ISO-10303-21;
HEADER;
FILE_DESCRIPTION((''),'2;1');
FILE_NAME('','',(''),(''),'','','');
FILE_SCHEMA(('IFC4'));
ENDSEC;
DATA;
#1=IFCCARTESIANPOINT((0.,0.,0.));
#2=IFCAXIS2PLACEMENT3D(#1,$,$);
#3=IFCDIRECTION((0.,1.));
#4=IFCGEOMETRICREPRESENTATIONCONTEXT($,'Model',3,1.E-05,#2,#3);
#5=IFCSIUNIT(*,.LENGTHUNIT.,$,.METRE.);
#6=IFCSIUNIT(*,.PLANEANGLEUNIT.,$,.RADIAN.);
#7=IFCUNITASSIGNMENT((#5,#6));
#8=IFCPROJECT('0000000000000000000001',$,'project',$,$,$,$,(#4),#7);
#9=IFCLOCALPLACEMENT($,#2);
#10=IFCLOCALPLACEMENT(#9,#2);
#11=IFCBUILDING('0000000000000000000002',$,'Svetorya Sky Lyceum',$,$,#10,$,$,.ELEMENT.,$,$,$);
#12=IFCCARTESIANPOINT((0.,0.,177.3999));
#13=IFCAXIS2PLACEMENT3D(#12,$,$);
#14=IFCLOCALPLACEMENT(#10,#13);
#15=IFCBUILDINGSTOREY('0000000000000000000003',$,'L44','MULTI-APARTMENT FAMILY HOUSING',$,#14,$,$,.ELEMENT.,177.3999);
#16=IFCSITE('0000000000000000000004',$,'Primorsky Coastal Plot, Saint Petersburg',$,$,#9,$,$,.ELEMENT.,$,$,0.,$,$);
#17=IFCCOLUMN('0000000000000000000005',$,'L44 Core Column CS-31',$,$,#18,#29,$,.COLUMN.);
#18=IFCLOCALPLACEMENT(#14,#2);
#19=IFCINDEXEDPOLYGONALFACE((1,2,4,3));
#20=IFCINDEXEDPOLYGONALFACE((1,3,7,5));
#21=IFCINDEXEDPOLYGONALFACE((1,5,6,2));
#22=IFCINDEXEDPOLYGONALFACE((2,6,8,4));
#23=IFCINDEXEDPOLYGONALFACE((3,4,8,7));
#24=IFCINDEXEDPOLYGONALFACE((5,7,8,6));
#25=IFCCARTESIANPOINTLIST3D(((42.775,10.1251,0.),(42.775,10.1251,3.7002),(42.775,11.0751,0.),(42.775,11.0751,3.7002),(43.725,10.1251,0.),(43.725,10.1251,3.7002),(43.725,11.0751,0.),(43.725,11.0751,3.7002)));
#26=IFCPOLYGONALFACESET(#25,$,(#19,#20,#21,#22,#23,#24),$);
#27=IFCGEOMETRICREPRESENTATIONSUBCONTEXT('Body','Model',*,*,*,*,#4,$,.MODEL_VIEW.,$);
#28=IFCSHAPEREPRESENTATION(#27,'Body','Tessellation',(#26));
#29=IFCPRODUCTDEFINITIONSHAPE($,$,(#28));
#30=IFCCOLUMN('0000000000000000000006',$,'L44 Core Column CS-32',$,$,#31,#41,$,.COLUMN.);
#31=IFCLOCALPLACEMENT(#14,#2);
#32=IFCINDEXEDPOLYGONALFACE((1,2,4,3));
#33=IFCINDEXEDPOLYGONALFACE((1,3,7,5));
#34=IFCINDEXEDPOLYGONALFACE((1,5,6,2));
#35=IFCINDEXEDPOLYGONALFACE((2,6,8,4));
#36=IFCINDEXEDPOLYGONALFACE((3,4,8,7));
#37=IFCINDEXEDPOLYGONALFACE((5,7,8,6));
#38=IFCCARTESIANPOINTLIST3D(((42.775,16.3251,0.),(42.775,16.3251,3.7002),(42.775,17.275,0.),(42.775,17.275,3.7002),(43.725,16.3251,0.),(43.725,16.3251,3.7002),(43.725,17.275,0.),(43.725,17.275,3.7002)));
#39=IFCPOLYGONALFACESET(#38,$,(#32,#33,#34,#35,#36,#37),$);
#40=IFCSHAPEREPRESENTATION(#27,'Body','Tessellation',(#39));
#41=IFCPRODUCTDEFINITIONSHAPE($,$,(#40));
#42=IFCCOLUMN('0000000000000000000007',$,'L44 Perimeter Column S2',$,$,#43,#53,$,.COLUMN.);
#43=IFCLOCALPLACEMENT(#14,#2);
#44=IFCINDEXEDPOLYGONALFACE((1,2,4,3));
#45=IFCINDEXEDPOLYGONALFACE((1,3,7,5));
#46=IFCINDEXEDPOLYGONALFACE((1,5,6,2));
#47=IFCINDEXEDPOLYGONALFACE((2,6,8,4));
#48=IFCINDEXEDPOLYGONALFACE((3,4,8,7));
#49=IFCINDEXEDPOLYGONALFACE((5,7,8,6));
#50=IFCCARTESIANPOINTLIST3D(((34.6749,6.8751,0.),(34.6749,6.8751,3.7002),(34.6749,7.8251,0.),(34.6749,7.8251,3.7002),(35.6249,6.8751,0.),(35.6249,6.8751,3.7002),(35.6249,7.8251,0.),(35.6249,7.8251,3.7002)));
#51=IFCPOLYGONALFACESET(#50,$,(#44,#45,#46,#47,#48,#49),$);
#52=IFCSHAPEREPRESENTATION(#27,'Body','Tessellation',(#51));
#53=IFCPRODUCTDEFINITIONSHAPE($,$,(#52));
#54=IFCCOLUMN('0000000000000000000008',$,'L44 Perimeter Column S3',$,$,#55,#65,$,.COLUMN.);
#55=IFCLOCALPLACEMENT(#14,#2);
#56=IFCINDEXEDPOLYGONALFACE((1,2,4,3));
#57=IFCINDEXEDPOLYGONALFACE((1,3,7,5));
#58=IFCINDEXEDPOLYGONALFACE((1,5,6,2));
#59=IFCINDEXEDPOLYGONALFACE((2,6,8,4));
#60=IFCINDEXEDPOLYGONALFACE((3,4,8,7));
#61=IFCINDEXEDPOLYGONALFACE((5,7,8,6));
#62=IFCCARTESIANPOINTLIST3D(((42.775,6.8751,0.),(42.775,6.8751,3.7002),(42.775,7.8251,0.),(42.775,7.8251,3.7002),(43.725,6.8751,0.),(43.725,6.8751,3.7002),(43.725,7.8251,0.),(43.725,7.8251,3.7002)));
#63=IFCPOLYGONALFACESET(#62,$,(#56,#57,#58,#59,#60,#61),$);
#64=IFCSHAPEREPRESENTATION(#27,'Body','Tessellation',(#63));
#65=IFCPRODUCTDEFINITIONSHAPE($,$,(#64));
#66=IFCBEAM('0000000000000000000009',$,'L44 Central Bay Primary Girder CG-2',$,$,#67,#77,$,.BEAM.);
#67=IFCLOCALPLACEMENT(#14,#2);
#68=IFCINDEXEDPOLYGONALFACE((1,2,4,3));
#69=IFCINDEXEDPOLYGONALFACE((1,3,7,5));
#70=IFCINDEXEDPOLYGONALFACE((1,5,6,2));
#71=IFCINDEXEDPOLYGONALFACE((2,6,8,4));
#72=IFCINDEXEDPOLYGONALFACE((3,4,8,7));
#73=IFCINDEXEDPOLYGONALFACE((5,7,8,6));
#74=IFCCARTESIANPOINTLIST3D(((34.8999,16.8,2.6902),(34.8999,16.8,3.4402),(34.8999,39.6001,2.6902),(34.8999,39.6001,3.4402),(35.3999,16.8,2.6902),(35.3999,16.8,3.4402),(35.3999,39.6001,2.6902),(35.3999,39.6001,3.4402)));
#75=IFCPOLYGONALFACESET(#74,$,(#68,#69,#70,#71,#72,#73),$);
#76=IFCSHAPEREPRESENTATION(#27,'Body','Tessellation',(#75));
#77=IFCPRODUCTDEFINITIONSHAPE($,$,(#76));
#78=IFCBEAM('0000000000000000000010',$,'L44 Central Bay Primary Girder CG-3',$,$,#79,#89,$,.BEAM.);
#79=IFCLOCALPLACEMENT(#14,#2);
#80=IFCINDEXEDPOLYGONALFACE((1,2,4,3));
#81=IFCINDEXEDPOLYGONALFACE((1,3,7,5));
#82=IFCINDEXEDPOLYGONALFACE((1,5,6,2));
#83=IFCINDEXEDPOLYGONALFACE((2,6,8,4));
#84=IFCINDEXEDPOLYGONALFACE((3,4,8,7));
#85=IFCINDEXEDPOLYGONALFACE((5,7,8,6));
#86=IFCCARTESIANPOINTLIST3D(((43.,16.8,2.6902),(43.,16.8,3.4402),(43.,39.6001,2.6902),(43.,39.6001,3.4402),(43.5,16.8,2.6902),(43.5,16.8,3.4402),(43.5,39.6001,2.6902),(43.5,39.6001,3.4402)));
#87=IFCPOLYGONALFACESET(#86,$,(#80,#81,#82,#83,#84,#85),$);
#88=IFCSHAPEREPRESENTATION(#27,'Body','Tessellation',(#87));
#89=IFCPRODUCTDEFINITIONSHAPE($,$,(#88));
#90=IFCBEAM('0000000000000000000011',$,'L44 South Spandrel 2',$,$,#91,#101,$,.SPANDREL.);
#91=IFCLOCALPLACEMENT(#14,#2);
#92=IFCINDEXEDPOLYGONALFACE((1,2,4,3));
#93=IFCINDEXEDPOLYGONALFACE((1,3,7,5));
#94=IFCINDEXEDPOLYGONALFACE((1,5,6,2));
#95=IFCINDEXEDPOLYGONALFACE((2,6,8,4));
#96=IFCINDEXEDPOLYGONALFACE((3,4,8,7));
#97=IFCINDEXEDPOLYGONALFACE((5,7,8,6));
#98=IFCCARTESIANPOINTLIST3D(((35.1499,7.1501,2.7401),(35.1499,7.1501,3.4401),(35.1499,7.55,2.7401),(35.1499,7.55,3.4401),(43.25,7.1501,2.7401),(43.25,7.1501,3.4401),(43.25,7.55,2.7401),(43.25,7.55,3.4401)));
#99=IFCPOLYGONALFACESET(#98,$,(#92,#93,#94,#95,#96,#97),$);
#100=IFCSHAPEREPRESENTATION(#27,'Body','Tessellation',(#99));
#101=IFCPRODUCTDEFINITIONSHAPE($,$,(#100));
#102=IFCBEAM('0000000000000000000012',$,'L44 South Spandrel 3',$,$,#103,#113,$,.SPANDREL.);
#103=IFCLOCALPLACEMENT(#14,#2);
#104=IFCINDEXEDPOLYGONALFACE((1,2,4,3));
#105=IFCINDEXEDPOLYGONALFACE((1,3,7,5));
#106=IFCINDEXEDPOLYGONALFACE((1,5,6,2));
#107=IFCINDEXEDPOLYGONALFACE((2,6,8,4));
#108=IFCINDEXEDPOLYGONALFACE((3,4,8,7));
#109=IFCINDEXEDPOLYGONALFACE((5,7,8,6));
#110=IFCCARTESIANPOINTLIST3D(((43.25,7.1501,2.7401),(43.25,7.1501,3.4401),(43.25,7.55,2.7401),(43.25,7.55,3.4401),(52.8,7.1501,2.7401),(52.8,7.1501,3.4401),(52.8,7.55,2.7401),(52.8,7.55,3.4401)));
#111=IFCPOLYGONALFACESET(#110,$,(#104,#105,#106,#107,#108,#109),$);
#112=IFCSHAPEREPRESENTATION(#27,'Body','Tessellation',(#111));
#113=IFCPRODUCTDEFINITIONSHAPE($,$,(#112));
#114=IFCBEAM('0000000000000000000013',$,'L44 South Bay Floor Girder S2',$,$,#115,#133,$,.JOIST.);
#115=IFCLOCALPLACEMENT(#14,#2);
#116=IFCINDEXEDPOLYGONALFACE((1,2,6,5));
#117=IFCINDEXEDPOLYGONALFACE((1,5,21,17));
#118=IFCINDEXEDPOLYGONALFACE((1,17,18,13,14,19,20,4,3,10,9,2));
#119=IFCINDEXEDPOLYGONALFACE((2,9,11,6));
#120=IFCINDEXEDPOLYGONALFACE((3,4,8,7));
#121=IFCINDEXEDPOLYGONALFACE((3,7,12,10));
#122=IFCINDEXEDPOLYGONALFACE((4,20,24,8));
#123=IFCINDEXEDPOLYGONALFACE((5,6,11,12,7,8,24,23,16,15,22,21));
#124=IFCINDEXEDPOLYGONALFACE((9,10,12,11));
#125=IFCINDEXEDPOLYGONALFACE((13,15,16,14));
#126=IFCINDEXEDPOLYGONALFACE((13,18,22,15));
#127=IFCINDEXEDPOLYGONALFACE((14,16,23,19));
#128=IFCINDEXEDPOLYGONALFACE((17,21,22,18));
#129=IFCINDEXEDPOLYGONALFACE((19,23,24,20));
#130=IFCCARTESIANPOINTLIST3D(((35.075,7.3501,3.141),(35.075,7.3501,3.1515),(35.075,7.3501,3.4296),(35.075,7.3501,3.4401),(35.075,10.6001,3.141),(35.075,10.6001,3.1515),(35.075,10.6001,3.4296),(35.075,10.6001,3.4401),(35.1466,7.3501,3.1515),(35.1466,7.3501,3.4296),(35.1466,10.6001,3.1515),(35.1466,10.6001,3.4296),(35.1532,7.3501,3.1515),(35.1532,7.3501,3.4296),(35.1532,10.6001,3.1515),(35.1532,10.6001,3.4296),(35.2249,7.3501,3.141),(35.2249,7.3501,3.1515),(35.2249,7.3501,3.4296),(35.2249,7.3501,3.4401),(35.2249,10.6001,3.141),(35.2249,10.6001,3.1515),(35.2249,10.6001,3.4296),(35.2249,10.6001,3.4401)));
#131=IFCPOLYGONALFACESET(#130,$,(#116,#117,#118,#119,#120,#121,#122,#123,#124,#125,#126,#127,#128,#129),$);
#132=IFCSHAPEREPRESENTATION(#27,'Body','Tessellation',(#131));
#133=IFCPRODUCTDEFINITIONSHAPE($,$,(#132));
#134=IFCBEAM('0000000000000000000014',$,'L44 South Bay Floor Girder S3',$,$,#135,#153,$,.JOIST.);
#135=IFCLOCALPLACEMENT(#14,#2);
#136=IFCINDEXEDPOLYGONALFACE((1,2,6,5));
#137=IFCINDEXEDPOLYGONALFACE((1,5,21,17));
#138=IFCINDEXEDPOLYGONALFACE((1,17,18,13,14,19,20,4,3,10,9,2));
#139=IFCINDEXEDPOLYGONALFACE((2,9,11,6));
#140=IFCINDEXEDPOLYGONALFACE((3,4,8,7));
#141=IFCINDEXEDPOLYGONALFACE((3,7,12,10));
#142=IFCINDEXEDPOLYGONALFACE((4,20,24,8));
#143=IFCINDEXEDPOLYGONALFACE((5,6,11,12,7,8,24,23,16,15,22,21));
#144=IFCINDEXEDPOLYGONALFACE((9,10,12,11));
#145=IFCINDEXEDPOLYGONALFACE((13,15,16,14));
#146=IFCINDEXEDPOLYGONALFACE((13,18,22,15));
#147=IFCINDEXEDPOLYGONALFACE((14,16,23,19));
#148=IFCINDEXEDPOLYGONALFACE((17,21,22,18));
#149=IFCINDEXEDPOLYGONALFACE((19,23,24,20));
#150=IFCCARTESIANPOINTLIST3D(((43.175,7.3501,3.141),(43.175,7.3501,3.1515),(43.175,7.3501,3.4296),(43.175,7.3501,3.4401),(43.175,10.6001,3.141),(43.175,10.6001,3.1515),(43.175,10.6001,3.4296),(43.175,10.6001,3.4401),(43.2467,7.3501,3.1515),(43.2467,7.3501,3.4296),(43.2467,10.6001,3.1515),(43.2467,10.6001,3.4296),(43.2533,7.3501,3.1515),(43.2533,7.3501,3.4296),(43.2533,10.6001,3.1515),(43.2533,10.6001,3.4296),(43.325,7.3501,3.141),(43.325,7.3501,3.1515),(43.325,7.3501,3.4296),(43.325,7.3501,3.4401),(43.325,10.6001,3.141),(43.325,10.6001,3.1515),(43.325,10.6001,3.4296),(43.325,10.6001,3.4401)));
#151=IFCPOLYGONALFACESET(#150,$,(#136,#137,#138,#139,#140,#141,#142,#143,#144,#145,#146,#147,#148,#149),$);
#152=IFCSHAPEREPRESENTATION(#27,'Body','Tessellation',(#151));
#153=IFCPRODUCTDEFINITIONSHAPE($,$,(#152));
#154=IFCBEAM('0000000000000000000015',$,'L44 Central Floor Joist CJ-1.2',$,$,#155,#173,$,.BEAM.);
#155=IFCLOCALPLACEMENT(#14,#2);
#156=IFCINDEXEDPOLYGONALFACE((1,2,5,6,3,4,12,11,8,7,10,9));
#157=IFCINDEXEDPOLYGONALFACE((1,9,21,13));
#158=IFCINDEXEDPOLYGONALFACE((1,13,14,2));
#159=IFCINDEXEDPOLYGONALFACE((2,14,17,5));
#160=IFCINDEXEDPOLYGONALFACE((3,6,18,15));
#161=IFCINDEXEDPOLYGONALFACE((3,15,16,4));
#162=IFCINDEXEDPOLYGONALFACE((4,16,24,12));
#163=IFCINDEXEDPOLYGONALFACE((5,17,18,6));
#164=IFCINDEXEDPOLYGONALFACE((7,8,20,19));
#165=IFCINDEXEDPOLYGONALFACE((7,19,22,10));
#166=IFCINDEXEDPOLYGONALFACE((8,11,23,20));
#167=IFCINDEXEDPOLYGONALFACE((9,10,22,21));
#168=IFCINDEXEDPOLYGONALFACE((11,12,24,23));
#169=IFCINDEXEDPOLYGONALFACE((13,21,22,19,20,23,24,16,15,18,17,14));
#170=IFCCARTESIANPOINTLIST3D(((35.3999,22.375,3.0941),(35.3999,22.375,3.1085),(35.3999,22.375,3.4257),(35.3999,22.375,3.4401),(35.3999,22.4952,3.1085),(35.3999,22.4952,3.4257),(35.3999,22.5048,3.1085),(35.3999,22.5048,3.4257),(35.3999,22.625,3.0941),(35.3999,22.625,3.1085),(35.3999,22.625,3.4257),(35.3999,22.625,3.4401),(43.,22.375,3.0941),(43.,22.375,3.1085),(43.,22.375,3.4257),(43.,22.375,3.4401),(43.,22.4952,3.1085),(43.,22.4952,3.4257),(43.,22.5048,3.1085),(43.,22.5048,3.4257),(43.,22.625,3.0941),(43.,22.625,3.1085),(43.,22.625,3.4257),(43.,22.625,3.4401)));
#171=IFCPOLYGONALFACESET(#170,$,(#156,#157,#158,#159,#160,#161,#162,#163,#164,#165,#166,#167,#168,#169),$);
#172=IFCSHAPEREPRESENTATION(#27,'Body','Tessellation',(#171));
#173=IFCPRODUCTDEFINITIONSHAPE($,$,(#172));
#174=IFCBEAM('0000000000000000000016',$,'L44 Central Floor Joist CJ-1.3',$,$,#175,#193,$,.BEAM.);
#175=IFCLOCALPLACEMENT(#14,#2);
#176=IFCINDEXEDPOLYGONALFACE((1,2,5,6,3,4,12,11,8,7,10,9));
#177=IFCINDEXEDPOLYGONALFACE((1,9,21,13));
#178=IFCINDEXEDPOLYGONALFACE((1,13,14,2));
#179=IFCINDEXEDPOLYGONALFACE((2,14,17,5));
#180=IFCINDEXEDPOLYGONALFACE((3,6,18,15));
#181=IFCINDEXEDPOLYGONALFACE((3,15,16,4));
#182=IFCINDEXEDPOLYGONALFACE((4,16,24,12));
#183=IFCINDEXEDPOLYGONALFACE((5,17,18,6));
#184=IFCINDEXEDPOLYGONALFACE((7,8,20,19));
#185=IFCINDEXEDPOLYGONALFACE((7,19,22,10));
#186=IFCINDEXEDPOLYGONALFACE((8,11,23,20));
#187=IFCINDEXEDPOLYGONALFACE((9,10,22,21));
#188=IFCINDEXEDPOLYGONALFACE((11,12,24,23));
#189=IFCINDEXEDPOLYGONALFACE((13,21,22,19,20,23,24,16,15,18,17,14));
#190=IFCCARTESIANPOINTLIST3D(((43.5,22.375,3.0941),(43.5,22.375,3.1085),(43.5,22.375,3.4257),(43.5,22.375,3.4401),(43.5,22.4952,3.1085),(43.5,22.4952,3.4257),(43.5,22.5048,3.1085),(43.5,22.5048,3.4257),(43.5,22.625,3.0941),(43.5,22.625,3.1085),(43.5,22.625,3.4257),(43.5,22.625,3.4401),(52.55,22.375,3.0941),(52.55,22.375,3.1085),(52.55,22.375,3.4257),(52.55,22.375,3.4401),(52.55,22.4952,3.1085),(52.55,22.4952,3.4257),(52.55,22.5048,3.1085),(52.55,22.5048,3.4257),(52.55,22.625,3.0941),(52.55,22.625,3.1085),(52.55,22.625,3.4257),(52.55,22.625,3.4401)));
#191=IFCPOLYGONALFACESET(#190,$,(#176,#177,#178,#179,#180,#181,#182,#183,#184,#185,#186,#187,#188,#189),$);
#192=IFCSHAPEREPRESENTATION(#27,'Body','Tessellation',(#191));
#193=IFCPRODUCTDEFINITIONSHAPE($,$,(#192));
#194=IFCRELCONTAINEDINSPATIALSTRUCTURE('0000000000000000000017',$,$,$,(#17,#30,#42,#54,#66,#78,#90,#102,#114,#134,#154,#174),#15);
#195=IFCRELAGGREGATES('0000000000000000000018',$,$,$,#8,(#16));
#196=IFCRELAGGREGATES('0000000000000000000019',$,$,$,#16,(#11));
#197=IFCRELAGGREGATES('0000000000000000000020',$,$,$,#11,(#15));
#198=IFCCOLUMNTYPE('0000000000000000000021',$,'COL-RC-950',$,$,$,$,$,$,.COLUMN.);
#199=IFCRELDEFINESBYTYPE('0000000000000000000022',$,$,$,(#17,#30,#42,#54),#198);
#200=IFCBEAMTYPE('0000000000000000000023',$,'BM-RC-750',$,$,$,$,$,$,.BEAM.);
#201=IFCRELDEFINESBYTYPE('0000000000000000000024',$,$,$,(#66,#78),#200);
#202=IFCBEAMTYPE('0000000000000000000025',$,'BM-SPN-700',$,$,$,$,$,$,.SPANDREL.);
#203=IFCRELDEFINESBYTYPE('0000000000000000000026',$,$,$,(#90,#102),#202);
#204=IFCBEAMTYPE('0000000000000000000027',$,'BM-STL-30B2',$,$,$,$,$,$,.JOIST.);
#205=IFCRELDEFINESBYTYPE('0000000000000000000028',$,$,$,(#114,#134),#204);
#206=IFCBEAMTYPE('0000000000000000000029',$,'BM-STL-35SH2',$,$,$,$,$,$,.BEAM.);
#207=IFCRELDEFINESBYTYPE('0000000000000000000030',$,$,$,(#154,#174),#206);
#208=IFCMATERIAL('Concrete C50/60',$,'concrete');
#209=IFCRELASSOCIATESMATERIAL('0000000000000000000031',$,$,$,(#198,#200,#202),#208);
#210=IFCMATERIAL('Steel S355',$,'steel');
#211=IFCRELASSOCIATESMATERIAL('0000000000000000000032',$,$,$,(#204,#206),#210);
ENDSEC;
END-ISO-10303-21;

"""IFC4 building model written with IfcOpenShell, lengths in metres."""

from ifc_helpers import new_model, si_unit, direction, frame, origin, origin_2d, place, context, subcontext, project, spatial, rectangle, i_section, extrude, material, material_profile, profile_set, type_object, element, save


model = new_model("IFC4")

# Units and contexts
model_context = context("Model", 3, precision=1e-05, world=origin(), true_north=direction((0.0, 1.0)))
body_context = subcontext(model_context, "Body", "Model", "MODEL_VIEW")
ifc_project = project(units=[si_unit("LENGTHUNIT", "METRE"), si_unit("PLANEANGLEUNIT", "RADIAN")], contexts=[model_context])

# Site, building, storey
site_placement = place(None, origin())
site = spatial("IfcSite", under=ifc_project, at=site_placement, Name="Primorsky Coastal Plot, Saint Petersburg", CompositionType="ELEMENT", RefElevation=0.0)
building_placement = place(site_placement, origin())
building = spatial("IfcBuilding", under=site, at=building_placement, Name="Svetorya Sky Lyceum", CompositionType="ELEMENT")
storey_placement = place(building_placement, frame((0.0, 0.0, 177.3999)))
storey = spatial("IfcBuildingStorey", under=building, at=storey_placement, Name="L44", Description="MULTI-APARTMENT FAMILY HOUSING", CompositionType="ELEMENT", Elevation=177.3999)

# Columns
ifc_material_1 = material(Name="Concrete C50/60", Category="concrete")
ifc_material_profile_1 = material_profile(ifc_material_1, rectangle(XDim=0.95, YDim=0.95, at=origin_2d()), Name="RC COL 950x950")
ifc_profile_set_1 = profile_set([ifc_material_profile_1], Name="Concrete C50/60")
column_type = type_object("IfcColumnType", Name="COL-RC-950", PredefinedType="COLUMN", material=ifc_profile_set_1)
for number, where, z_axis, x_axis, name in (
    (1, (43.25, 10.6001, 0.0), (0.0, 0.0, 1.0), (1.0, 0.0, 0.0), "L44 Core Column CS-31"),
    (2, (43.25, 16.8, 0.0), (0.0, 0.0, 1.0), (1.0, 0.0, 0.0), "L44 Core Column CS-32"),
    (3, (35.1499, 7.3501, 0.0), (0.0, 0.0, 1.0), (1.0, 0.0, 0.0), "L44 Perimeter Column S2"),
    (4, (43.25, 7.3501, 0.0), (0.0, 0.0, 1.0), (1.0, 0.0, 0.0), "L44 Perimeter Column S3"),
):
    element("IfcColumn", number, at=place(storey_placement, frame(where, z_axis=z_axis, x_axis=x_axis)), inside=storey, type_object=column_type, Name=name, PredefinedType="COLUMN", context=body_context, shape_type="SweptSolid", body=[
        extrude(rectangle(XDim=0.95, YDim=0.95, at=origin_2d()), origin(), (0.0, 0.0, 1.0), 3.7002),
    ])

# Beams
ifc_material_profile_2 = material_profile(ifc_material_1, rectangle(XDim=0.5, YDim=0.75, at=origin_2d()), Name="RC BEAM 500x750")
ifc_profile_set_2 = profile_set([ifc_material_profile_2], Name="Concrete C50/60")
beam_type_1 = type_object("IfcBeamType", Name="BM-RC-750", PredefinedType="BEAM", material=ifc_profile_set_2)
for number, where, z_axis, x_axis, name in (
    (5, (35.1499, 16.8, 3.0652), (0.0, 1.0, 0.0), (-1.0, 0.0, 0.0), "L44 Central Bay Primary Girder CG-2"),
    (6, (43.25, 16.8, 3.0652), (0.0, 1.0, 0.0), (-1.0, 0.0, 0.0), "L44 Central Bay Primary Girder CG-3"),
):
    element("IfcBeam", number, at=place(storey_placement, frame(where, z_axis=z_axis, x_axis=x_axis)), inside=storey, type_object=beam_type_1, Name=name, PredefinedType="BEAM", context=body_context, shape_type="SweptSolid", body=[
        extrude(rectangle(XDim=0.5, YDim=0.75, at=origin_2d()), origin(), (0.0, 0.0, 1.0), 22.8),
    ])
ifc_material_profile_3 = material_profile(ifc_material_1, rectangle(XDim=0.3999, YDim=0.7, at=origin_2d()), Name="RC SPANDREL 400x700")
ifc_profile_set_3 = profile_set([ifc_material_profile_3], Name="Concrete C50/60")
beam_type_2 = type_object("IfcBeamType", Name="BM-SPN-700", PredefinedType="SPANDREL", material=ifc_profile_set_3)
beam_1_placement = place(storey_placement, frame((35.1499, 7.3501, 3.0901), z_axis=(1.0, 0.0, 0.0), x_axis=(0.0, 1.0, 0.0)))
element("IfcBeam", 7, at=beam_1_placement, inside=storey, type_object=beam_type_2, Name="L44 South Spandrel 2", PredefinedType="SPANDREL", context=body_context, shape_type="SweptSolid", body=[
    extrude(rectangle(XDim=0.3999, YDim=0.7, at=origin_2d()), origin(), (0.0, 0.0, 1.0), 8.1001),
])
beam_2_placement = place(storey_placement, frame((43.25, 7.3501, 3.0901), z_axis=(1.0, 0.0, 0.0), x_axis=(0.0, 1.0, 0.0)))
element("IfcBeam", 8, at=beam_2_placement, inside=storey, type_object=beam_type_2, Name="L44 South Spandrel 3", PredefinedType="SPANDREL", context=body_context, shape_type="SweptSolid", body=[
    extrude(rectangle(XDim=0.3999, YDim=0.7, at=origin_2d()), origin(), (0.0, 0.0, 1.0), 9.55),
])
ifc_material_2 = material(Name="Steel S355", Category="steel")
ifc_material_profile_4 = material_profile(ifc_material_2, i_section(OverallWidth=0.1499, OverallDepth=0.2991, WebThickness=0.0066, FlangeThickness=0.0105, at=origin_2d()), Name="GOST 30B2")
ifc_profile_set_4 = profile_set([ifc_material_profile_4], Name="Steel S355")
beam_type_3 = type_object("IfcBeamType", Name="BM-STL-30B2", PredefinedType="JOIST", material=ifc_profile_set_4)
for number, where, z_axis, x_axis, name in (
    (9, (35.1499, 7.3501, 3.2905), (0.0, 1.0, 0.0), (-1.0, 0.0, 0.0), "L44 South Bay Floor Girder S2"),
    (10, (43.25, 7.3501, 3.2905), (0.0, 1.0, 0.0), (-1.0, 0.0, 0.0), "L44 South Bay Floor Girder S3"),
):
    element("IfcBeam", number, at=place(storey_placement, frame(where, z_axis=z_axis, x_axis=x_axis)), inside=storey, type_object=beam_type_3, Name=name, PredefinedType="JOIST", context=body_context, shape_type="SweptSolid", body=[
        extrude(i_section(OverallWidth=0.1499, OverallDepth=0.2991, WebThickness=0.0066, FlangeThickness=0.0105, at=origin_2d()), origin(), (0.0, 0.0, 1.0), 3.25),
    ])
ifc_material_profile_5 = material_profile(ifc_material_2, i_section(OverallWidth=0.25, OverallDepth=0.3459, WebThickness=0.0095, FlangeThickness=0.0144, at=origin_2d()), Name="GOST 35Sh2")
ifc_profile_set_5 = profile_set([ifc_material_profile_5], Name="Steel S355")
beam_type_4 = type_object("IfcBeamType", Name="BM-STL-35SH2", PredefinedType="BEAM", material=ifc_profile_set_5)
beam_3_placement = place(storey_placement, frame((35.3999, 22.5, 3.2671), z_axis=(1.0, 0.0, 0.0), x_axis=(0.0, 1.0, 0.0)))
element("IfcBeam", 11, at=beam_3_placement, inside=storey, type_object=beam_type_4, Name="L44 Central Floor Joist CJ-1.2", PredefinedType="BEAM", context=body_context, shape_type="SweptSolid", body=[
    extrude(i_section(OverallWidth=0.25, OverallDepth=0.3459, WebThickness=0.0095, FlangeThickness=0.0144, at=origin_2d()), origin(), (0.0, 0.0, 1.0), 7.6001),
])
beam_4_placement = place(storey_placement, frame((43.5, 22.5, 3.2671), z_axis=(1.0, 0.0, 0.0), x_axis=(0.0, 1.0, 0.0)))
element("IfcBeam", 12, at=beam_4_placement, inside=storey, type_object=beam_type_4, Name="L44 Central Floor Joist CJ-1.3", PredefinedType="BEAM", context=body_context, shape_type="SweptSolid", body=[
    extrude(i_section(OverallWidth=0.25, OverallDepth=0.3459, WebThickness=0.0095, FlangeThickness=0.0144, at=origin_2d()), origin(), (0.0, 0.0, 1.0), 9.05),
])

save(model, "model.ifc")
